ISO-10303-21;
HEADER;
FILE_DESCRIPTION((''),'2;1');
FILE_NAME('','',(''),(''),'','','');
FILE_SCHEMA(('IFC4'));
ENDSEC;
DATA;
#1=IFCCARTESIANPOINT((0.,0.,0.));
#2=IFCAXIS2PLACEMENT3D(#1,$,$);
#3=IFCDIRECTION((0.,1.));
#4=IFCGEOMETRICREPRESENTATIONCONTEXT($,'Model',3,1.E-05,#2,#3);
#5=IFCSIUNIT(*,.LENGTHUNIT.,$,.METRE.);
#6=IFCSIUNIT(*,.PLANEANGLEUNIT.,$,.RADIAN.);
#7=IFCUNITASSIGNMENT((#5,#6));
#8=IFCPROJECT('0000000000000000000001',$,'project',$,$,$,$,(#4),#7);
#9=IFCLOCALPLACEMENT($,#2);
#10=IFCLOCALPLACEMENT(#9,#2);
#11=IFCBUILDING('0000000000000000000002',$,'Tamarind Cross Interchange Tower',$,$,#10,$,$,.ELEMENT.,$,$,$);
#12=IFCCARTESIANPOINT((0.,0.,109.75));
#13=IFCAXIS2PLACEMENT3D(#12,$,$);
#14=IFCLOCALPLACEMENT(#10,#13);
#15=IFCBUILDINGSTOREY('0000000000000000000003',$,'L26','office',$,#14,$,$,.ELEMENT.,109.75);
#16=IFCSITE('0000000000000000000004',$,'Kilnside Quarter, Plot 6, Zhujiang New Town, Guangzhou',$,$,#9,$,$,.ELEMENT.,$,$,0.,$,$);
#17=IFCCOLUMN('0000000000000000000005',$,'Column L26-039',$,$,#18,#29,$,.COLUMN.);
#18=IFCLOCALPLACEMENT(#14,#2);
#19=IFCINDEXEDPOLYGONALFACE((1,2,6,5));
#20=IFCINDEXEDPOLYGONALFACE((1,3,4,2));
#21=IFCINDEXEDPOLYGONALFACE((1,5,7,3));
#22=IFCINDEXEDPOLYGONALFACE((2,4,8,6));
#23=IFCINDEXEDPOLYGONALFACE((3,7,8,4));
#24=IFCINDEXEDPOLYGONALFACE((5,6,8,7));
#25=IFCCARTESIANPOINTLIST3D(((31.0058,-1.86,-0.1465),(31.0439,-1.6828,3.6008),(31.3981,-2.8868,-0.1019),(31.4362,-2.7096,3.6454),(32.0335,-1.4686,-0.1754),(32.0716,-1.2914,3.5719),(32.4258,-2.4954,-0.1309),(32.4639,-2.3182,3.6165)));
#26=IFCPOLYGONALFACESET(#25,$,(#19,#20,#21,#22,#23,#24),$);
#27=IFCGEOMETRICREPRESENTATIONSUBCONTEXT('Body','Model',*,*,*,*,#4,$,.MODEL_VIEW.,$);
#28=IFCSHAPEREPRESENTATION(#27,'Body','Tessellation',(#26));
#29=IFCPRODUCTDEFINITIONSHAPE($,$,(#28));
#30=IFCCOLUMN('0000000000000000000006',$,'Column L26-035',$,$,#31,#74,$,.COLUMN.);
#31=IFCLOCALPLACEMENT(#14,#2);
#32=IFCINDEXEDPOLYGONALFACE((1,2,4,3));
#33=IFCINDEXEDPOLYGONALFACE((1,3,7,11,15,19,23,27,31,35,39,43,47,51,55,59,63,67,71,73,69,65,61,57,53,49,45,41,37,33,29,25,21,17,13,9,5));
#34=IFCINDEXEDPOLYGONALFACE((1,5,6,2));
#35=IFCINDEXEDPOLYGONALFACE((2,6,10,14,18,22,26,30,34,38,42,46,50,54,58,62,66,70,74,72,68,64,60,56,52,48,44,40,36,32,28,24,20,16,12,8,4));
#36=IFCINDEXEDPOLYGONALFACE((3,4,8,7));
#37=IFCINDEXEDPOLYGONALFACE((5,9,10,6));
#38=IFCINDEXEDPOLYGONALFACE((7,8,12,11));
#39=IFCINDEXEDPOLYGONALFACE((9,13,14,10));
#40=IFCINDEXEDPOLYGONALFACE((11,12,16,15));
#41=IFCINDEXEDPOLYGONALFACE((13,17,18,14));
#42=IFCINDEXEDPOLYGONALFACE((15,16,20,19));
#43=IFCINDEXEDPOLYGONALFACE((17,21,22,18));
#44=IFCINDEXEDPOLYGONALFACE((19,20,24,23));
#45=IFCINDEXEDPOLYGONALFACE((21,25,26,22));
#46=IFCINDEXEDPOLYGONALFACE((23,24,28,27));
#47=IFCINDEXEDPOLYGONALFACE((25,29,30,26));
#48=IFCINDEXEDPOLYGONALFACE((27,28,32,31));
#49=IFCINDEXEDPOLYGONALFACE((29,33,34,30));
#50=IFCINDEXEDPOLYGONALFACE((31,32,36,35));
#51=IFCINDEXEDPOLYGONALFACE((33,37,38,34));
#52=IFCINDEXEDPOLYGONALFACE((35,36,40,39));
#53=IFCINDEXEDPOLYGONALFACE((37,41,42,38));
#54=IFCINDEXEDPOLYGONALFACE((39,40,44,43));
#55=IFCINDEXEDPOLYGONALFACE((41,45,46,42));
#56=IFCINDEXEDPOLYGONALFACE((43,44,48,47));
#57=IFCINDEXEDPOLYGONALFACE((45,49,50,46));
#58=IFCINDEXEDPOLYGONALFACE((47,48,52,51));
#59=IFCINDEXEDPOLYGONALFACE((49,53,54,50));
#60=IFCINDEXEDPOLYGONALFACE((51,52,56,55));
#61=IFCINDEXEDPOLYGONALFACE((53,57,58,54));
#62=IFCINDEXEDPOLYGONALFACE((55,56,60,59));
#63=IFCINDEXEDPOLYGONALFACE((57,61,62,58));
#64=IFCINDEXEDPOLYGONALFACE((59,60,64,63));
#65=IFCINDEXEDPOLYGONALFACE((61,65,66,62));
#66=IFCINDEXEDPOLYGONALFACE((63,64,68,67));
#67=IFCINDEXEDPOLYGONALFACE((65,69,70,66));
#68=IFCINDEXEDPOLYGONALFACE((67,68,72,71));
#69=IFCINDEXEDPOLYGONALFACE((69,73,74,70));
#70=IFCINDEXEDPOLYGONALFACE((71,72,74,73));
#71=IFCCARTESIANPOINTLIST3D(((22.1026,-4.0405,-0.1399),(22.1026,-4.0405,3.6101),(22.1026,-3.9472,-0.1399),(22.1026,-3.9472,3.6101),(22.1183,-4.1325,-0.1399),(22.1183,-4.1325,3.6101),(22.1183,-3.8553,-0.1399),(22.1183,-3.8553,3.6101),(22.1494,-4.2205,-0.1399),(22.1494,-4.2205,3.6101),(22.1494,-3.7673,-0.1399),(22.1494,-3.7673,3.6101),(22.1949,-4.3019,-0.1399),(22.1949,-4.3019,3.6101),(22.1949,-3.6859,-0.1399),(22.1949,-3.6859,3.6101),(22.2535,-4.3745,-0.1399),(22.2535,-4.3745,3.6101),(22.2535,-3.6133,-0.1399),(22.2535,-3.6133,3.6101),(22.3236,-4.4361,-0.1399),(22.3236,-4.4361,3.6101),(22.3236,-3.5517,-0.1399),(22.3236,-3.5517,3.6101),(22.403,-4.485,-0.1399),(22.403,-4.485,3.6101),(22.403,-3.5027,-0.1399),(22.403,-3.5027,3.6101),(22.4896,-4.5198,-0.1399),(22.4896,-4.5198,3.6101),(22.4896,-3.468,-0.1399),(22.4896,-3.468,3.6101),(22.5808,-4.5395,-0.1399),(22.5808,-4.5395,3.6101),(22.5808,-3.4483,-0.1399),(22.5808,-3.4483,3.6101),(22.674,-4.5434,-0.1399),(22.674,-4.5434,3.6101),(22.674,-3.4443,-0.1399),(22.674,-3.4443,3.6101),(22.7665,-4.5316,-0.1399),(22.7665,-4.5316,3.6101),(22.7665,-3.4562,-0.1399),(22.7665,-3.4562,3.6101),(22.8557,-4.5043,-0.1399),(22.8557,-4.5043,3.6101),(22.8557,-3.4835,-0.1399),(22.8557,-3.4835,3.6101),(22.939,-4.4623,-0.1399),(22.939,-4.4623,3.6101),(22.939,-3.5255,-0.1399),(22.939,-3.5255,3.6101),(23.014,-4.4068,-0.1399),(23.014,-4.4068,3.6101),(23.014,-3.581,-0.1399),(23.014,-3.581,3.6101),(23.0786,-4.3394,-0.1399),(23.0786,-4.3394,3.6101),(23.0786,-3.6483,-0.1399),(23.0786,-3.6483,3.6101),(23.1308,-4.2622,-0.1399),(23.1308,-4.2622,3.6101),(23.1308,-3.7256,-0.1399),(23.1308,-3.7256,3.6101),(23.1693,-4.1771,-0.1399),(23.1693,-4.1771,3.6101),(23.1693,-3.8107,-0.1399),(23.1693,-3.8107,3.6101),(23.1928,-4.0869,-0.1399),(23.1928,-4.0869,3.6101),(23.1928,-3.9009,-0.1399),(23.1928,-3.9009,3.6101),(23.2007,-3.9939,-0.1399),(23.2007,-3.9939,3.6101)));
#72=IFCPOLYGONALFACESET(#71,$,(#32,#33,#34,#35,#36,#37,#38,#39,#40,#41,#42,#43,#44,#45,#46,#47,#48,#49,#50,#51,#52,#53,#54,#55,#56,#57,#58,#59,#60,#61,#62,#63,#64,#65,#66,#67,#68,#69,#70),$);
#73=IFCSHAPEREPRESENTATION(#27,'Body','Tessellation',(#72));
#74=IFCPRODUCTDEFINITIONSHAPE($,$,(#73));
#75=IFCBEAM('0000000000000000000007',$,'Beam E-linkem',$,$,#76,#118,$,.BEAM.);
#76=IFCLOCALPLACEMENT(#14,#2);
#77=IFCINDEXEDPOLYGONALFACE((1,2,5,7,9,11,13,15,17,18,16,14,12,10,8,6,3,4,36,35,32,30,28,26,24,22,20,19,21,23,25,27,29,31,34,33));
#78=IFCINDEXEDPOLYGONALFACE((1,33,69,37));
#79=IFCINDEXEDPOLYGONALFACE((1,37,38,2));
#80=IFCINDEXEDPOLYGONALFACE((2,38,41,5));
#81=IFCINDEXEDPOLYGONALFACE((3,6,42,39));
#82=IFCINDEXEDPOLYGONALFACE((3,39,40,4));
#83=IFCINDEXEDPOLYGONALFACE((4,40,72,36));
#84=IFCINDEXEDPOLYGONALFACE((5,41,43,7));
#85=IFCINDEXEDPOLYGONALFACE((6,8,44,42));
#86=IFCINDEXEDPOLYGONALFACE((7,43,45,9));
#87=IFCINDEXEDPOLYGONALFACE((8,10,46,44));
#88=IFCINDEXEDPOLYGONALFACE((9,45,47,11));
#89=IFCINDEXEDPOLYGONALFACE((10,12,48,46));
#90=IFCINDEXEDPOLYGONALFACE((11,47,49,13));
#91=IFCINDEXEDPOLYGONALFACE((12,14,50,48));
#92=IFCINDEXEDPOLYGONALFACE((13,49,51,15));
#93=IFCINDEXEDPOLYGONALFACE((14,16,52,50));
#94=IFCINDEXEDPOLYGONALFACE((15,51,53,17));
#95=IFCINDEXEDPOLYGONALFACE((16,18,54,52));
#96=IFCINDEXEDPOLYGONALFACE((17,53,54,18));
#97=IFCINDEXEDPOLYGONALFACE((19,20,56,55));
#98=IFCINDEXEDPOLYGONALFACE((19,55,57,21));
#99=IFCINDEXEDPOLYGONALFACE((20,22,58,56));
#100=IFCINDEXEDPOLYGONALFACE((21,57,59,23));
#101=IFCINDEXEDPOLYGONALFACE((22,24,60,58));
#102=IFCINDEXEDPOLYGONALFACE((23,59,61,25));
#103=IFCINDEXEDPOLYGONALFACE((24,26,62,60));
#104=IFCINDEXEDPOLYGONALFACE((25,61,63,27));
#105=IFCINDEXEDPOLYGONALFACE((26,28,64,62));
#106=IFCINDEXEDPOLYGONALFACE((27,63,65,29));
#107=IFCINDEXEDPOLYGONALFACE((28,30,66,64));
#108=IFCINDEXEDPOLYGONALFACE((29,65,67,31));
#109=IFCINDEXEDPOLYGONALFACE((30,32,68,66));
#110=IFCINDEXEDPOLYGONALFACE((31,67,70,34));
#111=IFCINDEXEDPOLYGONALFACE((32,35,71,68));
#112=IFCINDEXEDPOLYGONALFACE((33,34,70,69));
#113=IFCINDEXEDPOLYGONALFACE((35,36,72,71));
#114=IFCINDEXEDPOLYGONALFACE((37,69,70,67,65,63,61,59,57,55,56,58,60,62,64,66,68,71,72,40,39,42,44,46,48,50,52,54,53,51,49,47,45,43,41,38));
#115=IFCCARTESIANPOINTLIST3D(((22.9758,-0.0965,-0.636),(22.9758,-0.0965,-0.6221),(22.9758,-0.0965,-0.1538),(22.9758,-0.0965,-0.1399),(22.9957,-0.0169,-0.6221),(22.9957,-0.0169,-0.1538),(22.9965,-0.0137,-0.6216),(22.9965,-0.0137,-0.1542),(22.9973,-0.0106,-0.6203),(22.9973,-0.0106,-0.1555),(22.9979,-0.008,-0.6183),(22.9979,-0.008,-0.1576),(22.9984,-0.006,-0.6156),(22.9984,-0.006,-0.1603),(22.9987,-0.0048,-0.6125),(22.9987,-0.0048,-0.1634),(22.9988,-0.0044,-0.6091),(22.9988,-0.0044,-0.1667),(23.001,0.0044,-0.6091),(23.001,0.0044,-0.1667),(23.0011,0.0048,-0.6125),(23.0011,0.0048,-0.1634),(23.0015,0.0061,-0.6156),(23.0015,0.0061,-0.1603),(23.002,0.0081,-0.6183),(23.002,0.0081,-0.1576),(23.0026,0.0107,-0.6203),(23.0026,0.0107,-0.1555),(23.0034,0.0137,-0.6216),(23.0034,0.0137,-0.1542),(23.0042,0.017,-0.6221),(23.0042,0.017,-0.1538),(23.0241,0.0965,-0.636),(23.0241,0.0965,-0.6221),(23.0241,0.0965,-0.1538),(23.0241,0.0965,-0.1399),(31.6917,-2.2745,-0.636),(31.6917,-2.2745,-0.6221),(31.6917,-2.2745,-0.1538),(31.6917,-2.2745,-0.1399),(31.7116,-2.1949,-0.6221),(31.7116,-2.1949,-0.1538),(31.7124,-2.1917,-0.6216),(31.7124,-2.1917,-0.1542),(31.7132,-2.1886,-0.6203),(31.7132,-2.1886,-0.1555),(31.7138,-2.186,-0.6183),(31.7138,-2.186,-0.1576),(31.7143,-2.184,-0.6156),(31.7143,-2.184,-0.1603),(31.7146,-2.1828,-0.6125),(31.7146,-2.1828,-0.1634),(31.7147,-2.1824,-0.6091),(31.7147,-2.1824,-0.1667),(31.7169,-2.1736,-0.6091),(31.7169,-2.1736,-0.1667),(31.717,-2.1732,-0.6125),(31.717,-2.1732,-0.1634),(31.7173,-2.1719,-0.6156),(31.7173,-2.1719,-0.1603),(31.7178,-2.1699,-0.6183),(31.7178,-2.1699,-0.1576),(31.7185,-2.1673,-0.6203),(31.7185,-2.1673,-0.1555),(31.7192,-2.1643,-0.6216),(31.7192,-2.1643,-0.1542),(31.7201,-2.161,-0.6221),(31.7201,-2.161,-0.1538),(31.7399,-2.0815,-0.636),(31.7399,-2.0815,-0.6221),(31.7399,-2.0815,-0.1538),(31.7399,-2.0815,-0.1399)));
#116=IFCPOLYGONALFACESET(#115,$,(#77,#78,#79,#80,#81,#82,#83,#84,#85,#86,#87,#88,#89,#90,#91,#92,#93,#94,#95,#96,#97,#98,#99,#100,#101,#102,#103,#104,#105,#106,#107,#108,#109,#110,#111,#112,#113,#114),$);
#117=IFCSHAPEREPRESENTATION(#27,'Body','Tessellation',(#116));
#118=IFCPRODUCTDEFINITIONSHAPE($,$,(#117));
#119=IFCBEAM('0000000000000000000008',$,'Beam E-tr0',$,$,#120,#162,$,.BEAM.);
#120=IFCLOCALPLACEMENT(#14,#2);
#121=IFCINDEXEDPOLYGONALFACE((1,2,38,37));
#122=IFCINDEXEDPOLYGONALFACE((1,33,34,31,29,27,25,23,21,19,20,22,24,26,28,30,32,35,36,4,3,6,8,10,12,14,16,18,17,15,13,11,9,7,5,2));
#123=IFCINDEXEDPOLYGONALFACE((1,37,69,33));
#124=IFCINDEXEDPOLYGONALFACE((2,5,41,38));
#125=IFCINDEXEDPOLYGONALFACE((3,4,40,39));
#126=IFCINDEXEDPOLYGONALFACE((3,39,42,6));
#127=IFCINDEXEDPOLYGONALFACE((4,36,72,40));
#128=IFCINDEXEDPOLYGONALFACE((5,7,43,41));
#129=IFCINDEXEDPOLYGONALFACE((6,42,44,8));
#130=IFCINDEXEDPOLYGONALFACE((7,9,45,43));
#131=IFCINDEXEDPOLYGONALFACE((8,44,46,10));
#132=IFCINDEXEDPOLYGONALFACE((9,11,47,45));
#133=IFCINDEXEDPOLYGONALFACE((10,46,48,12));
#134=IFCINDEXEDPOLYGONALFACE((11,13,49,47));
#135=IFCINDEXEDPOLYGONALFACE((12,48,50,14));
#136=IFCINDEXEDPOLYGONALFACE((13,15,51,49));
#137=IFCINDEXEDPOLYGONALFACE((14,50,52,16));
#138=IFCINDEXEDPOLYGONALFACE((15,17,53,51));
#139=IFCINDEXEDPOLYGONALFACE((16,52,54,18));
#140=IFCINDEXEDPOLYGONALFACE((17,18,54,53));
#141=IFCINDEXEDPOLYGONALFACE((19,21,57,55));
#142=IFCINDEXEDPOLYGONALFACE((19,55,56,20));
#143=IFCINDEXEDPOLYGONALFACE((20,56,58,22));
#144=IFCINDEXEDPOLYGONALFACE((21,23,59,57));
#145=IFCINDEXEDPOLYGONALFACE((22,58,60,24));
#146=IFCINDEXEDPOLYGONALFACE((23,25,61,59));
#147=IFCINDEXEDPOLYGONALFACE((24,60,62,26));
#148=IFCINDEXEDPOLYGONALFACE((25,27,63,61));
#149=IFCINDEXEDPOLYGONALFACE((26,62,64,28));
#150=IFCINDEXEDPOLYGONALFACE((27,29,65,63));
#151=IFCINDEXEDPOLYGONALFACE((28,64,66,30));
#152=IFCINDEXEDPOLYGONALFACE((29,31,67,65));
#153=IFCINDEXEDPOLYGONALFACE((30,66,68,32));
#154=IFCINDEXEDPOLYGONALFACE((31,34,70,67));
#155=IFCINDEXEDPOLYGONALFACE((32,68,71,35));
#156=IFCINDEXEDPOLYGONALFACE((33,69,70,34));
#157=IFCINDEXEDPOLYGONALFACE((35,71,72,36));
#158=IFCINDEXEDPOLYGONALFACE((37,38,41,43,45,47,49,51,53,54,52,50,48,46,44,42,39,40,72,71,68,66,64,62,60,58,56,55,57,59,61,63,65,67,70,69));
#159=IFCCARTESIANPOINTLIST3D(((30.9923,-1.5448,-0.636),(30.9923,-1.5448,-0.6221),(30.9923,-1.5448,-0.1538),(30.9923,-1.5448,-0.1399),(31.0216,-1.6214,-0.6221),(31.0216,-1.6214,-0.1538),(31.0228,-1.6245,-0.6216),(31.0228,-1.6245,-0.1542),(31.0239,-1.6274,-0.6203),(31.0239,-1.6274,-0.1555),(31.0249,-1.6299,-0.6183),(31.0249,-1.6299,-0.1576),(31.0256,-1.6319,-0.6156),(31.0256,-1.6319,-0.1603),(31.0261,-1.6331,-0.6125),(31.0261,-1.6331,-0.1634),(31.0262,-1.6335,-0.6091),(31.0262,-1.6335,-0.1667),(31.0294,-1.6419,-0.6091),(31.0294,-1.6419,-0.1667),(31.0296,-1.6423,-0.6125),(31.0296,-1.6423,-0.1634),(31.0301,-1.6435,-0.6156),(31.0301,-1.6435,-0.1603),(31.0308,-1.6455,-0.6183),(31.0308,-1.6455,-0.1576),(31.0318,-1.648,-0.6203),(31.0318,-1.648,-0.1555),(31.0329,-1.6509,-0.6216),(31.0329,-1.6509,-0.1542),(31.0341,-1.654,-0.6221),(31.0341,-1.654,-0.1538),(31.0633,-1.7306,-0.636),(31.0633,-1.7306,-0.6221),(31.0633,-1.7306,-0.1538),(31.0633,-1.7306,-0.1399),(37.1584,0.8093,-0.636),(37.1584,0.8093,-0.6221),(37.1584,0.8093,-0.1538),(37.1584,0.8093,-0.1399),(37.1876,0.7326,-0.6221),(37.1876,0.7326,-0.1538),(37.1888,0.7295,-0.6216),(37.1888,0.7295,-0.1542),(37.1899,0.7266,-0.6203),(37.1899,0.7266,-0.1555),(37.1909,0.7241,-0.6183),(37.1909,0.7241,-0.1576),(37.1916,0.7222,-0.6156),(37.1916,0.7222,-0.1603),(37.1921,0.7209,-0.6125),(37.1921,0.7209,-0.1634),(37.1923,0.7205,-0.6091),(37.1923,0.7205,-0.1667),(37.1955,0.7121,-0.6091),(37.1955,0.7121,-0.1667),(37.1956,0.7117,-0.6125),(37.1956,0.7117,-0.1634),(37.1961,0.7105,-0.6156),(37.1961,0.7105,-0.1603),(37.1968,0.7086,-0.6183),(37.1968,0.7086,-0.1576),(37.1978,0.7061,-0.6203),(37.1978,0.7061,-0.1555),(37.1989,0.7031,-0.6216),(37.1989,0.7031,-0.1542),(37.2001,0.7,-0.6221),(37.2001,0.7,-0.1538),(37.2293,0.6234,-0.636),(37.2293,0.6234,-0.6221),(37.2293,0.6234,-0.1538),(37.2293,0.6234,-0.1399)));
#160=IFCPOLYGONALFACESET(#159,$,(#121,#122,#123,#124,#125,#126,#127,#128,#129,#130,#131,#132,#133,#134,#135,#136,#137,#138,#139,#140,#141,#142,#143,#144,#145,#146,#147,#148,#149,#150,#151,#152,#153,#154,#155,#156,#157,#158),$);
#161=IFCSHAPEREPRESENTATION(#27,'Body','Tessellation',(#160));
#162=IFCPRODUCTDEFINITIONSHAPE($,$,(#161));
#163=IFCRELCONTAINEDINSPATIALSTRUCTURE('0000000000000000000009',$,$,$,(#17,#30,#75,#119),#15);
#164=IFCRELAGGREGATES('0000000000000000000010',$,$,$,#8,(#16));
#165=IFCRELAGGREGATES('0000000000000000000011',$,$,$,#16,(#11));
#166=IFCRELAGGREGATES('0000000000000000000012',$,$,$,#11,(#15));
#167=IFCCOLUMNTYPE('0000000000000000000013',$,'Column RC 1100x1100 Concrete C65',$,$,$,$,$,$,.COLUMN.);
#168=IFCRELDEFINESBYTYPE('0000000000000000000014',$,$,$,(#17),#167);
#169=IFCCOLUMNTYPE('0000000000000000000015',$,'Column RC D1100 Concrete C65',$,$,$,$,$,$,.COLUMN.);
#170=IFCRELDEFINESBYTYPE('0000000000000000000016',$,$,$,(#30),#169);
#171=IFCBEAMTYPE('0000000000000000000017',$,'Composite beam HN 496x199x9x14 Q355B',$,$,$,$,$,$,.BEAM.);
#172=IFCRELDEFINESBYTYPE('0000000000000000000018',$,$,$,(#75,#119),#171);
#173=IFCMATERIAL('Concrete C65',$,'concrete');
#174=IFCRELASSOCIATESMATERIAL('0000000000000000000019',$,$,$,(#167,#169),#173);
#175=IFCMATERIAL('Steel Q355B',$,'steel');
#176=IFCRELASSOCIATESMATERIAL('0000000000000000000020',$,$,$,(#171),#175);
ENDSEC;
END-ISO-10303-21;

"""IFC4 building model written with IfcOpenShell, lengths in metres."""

from ifc_helpers import new_model, si_unit, direction, frame, origin, origin_2d, place, context, subcontext, project, spatial, rectangle, circle, i_section, extrude, material, material_profile, profile_set, type_object, element, save


model = new_model("IFC4")

# Units and contexts
model_context = context("Model", 3, precision=1e-05, world=origin(), true_north=direction((0.0, 1.0)))
body_context = subcontext(model_context, "Body", "Model", "MODEL_VIEW")
ifc_project = project(units=[si_unit("LENGTHUNIT", "METRE"), si_unit("PLANEANGLEUNIT", "RADIAN")], contexts=[model_context])

# Site, building, storey
site_placement = place(None, origin())
site = spatial("IfcSite", under=ifc_project, at=site_placement, Name="Kilnside Quarter, Plot 6, Zhujiang New Town, Guangzhou", CompositionType="ELEMENT", RefElevation=0.0)
building_placement = place(site_placement, origin())
building = spatial("IfcBuilding", under=site, at=building_placement, Name="Tamarind Cross Interchange Tower", CompositionType="ELEMENT")
storey_placement = place(building_placement, frame((0.0, 0.0, 109.75)))
storey = spatial("IfcBuildingStorey", under=building, at=storey_placement, Name="L26", Description="office", CompositionType="ELEMENT", Elevation=109.75)

# Columns
ifc_material_1 = material(Name="Concrete C65", Category="concrete")
ifc_material_profile_1 = material_profile(ifc_material_1, rectangle(XDim=1.1001, YDim=1.1001, at=origin_2d()), Name="RC 1100x1100")
ifc_profile_set_1 = profile_set([ifc_material_profile_1], Name="Concrete C65")
column_type_1 = type_object("IfcColumnType", Name="Column RC 1100x1100 Concrete C65", PredefinedType="COLUMN", material=ifc_profile_set_1)
column_1_placement = place(storey_placement, frame((31.7158, -2.1777, -0.1387), z_axis=(0.010152, 0.047244, 0.998832), x_axis=(-0.934189, -0.355806, 0.026324)))
element("IfcColumn", 1, at=column_1_placement, inside=storey, type_object=column_type_1, Name="Column L26-039", PredefinedType="COLUMN", context=body_context, shape_type="SweptSolid", body=[
    extrude(rectangle(XDim=1.1001, YDim=1.1001, at=origin_2d()), origin(), (0.0, 0.0, 1.0), 3.7517),
])
ifc_material_profile_2 = material_profile(ifc_material_1, circle(Radius=0.55, at=origin_2d()), Name="RC D1100")
ifc_profile_set_2 = profile_set([ifc_material_profile_2], Name="Concrete C65")
column_type_2 = type_object("IfcColumnType", Name="Column RC D1100 Concrete C65", PredefinedType="COLUMN", material=ifc_profile_set_2)
column_2_placement = place(storey_placement, frame((22.6506, -3.9939, -0.1399), z_axis=(0.0, 0.0, 1.0), x_axis=(1.0, 0.0, 0.0)))
element("IfcColumn", 2, at=column_2_placement, inside=storey, type_object=column_type_2, Name="Column L26-035", PredefinedType="COLUMN", context=body_context, shape_type="SweptSolid", body=[
    extrude(circle(Radius=0.55, at=origin_2d()), origin(), (0.0, 0.0, 1.0), 3.75),
])

# Beams
ifc_material_2 = material(Name="Steel Q355B", Category="steel")
ifc_material_profile_3 = material_profile(ifc_material_2, i_section(OverallWidth=0.199, OverallDepth=0.4961, WebThickness=0.009, FlangeThickness=0.0139, FilletRadius=0.0129, at=origin_2d()), Name="HN 496x199x9x14")
ifc_profile_set_3 = profile_set([ifc_material_profile_3], Name="Steel Q355B")
beam_type_1 = type_object("IfcBeamType", Name="Composite beam HN 496x199x9x14 Q355B", PredefinedType="BEAM", material=ifc_profile_set_3)
beam_1_placement = place(storey_placement, frame((31.7158, -2.178, -0.3879), z_axis=(-0.970168, 0.242433, 0.0), x_axis=(-0.242433, -0.970168, 0.0)))
element("IfcBeam", 3, at=beam_1_placement, inside=storey, type_object=beam_type_1, Name="Beam E-linkem", PredefinedType="BEAM", context=body_context, shape_type="SweptSolid", body=[
    extrude(i_section(OverallWidth=0.199, OverallDepth=0.4961, WebThickness=0.009, FlangeThickness=0.0139, FilletRadius=0.0129, at=origin_2d()), origin(), (0.0, 0.0, 1.0), 8.9839),
])
beam_2_placement = place(storey_placement, frame((31.0278, -1.6377, -0.3879), z_axis=(0.934233, 0.356663, 0.0), x_axis=(-0.356663, 0.934233, 0.0)))
element("IfcBeam", 4, at=beam_2_placement, inside=storey, type_object=beam_type_1, Name="Beam E-tr0", PredefinedType="BEAM", context=body_context, shape_type="SweptSolid", body=[
    extrude(i_section(OverallWidth=0.199, OverallDepth=0.4961, WebThickness=0.009, FlangeThickness=0.0139, FilletRadius=0.0129, at=origin_2d()), origin(), (0.0, 0.0, 1.0), 6.6001),
])

save(model, "model.ifc")
